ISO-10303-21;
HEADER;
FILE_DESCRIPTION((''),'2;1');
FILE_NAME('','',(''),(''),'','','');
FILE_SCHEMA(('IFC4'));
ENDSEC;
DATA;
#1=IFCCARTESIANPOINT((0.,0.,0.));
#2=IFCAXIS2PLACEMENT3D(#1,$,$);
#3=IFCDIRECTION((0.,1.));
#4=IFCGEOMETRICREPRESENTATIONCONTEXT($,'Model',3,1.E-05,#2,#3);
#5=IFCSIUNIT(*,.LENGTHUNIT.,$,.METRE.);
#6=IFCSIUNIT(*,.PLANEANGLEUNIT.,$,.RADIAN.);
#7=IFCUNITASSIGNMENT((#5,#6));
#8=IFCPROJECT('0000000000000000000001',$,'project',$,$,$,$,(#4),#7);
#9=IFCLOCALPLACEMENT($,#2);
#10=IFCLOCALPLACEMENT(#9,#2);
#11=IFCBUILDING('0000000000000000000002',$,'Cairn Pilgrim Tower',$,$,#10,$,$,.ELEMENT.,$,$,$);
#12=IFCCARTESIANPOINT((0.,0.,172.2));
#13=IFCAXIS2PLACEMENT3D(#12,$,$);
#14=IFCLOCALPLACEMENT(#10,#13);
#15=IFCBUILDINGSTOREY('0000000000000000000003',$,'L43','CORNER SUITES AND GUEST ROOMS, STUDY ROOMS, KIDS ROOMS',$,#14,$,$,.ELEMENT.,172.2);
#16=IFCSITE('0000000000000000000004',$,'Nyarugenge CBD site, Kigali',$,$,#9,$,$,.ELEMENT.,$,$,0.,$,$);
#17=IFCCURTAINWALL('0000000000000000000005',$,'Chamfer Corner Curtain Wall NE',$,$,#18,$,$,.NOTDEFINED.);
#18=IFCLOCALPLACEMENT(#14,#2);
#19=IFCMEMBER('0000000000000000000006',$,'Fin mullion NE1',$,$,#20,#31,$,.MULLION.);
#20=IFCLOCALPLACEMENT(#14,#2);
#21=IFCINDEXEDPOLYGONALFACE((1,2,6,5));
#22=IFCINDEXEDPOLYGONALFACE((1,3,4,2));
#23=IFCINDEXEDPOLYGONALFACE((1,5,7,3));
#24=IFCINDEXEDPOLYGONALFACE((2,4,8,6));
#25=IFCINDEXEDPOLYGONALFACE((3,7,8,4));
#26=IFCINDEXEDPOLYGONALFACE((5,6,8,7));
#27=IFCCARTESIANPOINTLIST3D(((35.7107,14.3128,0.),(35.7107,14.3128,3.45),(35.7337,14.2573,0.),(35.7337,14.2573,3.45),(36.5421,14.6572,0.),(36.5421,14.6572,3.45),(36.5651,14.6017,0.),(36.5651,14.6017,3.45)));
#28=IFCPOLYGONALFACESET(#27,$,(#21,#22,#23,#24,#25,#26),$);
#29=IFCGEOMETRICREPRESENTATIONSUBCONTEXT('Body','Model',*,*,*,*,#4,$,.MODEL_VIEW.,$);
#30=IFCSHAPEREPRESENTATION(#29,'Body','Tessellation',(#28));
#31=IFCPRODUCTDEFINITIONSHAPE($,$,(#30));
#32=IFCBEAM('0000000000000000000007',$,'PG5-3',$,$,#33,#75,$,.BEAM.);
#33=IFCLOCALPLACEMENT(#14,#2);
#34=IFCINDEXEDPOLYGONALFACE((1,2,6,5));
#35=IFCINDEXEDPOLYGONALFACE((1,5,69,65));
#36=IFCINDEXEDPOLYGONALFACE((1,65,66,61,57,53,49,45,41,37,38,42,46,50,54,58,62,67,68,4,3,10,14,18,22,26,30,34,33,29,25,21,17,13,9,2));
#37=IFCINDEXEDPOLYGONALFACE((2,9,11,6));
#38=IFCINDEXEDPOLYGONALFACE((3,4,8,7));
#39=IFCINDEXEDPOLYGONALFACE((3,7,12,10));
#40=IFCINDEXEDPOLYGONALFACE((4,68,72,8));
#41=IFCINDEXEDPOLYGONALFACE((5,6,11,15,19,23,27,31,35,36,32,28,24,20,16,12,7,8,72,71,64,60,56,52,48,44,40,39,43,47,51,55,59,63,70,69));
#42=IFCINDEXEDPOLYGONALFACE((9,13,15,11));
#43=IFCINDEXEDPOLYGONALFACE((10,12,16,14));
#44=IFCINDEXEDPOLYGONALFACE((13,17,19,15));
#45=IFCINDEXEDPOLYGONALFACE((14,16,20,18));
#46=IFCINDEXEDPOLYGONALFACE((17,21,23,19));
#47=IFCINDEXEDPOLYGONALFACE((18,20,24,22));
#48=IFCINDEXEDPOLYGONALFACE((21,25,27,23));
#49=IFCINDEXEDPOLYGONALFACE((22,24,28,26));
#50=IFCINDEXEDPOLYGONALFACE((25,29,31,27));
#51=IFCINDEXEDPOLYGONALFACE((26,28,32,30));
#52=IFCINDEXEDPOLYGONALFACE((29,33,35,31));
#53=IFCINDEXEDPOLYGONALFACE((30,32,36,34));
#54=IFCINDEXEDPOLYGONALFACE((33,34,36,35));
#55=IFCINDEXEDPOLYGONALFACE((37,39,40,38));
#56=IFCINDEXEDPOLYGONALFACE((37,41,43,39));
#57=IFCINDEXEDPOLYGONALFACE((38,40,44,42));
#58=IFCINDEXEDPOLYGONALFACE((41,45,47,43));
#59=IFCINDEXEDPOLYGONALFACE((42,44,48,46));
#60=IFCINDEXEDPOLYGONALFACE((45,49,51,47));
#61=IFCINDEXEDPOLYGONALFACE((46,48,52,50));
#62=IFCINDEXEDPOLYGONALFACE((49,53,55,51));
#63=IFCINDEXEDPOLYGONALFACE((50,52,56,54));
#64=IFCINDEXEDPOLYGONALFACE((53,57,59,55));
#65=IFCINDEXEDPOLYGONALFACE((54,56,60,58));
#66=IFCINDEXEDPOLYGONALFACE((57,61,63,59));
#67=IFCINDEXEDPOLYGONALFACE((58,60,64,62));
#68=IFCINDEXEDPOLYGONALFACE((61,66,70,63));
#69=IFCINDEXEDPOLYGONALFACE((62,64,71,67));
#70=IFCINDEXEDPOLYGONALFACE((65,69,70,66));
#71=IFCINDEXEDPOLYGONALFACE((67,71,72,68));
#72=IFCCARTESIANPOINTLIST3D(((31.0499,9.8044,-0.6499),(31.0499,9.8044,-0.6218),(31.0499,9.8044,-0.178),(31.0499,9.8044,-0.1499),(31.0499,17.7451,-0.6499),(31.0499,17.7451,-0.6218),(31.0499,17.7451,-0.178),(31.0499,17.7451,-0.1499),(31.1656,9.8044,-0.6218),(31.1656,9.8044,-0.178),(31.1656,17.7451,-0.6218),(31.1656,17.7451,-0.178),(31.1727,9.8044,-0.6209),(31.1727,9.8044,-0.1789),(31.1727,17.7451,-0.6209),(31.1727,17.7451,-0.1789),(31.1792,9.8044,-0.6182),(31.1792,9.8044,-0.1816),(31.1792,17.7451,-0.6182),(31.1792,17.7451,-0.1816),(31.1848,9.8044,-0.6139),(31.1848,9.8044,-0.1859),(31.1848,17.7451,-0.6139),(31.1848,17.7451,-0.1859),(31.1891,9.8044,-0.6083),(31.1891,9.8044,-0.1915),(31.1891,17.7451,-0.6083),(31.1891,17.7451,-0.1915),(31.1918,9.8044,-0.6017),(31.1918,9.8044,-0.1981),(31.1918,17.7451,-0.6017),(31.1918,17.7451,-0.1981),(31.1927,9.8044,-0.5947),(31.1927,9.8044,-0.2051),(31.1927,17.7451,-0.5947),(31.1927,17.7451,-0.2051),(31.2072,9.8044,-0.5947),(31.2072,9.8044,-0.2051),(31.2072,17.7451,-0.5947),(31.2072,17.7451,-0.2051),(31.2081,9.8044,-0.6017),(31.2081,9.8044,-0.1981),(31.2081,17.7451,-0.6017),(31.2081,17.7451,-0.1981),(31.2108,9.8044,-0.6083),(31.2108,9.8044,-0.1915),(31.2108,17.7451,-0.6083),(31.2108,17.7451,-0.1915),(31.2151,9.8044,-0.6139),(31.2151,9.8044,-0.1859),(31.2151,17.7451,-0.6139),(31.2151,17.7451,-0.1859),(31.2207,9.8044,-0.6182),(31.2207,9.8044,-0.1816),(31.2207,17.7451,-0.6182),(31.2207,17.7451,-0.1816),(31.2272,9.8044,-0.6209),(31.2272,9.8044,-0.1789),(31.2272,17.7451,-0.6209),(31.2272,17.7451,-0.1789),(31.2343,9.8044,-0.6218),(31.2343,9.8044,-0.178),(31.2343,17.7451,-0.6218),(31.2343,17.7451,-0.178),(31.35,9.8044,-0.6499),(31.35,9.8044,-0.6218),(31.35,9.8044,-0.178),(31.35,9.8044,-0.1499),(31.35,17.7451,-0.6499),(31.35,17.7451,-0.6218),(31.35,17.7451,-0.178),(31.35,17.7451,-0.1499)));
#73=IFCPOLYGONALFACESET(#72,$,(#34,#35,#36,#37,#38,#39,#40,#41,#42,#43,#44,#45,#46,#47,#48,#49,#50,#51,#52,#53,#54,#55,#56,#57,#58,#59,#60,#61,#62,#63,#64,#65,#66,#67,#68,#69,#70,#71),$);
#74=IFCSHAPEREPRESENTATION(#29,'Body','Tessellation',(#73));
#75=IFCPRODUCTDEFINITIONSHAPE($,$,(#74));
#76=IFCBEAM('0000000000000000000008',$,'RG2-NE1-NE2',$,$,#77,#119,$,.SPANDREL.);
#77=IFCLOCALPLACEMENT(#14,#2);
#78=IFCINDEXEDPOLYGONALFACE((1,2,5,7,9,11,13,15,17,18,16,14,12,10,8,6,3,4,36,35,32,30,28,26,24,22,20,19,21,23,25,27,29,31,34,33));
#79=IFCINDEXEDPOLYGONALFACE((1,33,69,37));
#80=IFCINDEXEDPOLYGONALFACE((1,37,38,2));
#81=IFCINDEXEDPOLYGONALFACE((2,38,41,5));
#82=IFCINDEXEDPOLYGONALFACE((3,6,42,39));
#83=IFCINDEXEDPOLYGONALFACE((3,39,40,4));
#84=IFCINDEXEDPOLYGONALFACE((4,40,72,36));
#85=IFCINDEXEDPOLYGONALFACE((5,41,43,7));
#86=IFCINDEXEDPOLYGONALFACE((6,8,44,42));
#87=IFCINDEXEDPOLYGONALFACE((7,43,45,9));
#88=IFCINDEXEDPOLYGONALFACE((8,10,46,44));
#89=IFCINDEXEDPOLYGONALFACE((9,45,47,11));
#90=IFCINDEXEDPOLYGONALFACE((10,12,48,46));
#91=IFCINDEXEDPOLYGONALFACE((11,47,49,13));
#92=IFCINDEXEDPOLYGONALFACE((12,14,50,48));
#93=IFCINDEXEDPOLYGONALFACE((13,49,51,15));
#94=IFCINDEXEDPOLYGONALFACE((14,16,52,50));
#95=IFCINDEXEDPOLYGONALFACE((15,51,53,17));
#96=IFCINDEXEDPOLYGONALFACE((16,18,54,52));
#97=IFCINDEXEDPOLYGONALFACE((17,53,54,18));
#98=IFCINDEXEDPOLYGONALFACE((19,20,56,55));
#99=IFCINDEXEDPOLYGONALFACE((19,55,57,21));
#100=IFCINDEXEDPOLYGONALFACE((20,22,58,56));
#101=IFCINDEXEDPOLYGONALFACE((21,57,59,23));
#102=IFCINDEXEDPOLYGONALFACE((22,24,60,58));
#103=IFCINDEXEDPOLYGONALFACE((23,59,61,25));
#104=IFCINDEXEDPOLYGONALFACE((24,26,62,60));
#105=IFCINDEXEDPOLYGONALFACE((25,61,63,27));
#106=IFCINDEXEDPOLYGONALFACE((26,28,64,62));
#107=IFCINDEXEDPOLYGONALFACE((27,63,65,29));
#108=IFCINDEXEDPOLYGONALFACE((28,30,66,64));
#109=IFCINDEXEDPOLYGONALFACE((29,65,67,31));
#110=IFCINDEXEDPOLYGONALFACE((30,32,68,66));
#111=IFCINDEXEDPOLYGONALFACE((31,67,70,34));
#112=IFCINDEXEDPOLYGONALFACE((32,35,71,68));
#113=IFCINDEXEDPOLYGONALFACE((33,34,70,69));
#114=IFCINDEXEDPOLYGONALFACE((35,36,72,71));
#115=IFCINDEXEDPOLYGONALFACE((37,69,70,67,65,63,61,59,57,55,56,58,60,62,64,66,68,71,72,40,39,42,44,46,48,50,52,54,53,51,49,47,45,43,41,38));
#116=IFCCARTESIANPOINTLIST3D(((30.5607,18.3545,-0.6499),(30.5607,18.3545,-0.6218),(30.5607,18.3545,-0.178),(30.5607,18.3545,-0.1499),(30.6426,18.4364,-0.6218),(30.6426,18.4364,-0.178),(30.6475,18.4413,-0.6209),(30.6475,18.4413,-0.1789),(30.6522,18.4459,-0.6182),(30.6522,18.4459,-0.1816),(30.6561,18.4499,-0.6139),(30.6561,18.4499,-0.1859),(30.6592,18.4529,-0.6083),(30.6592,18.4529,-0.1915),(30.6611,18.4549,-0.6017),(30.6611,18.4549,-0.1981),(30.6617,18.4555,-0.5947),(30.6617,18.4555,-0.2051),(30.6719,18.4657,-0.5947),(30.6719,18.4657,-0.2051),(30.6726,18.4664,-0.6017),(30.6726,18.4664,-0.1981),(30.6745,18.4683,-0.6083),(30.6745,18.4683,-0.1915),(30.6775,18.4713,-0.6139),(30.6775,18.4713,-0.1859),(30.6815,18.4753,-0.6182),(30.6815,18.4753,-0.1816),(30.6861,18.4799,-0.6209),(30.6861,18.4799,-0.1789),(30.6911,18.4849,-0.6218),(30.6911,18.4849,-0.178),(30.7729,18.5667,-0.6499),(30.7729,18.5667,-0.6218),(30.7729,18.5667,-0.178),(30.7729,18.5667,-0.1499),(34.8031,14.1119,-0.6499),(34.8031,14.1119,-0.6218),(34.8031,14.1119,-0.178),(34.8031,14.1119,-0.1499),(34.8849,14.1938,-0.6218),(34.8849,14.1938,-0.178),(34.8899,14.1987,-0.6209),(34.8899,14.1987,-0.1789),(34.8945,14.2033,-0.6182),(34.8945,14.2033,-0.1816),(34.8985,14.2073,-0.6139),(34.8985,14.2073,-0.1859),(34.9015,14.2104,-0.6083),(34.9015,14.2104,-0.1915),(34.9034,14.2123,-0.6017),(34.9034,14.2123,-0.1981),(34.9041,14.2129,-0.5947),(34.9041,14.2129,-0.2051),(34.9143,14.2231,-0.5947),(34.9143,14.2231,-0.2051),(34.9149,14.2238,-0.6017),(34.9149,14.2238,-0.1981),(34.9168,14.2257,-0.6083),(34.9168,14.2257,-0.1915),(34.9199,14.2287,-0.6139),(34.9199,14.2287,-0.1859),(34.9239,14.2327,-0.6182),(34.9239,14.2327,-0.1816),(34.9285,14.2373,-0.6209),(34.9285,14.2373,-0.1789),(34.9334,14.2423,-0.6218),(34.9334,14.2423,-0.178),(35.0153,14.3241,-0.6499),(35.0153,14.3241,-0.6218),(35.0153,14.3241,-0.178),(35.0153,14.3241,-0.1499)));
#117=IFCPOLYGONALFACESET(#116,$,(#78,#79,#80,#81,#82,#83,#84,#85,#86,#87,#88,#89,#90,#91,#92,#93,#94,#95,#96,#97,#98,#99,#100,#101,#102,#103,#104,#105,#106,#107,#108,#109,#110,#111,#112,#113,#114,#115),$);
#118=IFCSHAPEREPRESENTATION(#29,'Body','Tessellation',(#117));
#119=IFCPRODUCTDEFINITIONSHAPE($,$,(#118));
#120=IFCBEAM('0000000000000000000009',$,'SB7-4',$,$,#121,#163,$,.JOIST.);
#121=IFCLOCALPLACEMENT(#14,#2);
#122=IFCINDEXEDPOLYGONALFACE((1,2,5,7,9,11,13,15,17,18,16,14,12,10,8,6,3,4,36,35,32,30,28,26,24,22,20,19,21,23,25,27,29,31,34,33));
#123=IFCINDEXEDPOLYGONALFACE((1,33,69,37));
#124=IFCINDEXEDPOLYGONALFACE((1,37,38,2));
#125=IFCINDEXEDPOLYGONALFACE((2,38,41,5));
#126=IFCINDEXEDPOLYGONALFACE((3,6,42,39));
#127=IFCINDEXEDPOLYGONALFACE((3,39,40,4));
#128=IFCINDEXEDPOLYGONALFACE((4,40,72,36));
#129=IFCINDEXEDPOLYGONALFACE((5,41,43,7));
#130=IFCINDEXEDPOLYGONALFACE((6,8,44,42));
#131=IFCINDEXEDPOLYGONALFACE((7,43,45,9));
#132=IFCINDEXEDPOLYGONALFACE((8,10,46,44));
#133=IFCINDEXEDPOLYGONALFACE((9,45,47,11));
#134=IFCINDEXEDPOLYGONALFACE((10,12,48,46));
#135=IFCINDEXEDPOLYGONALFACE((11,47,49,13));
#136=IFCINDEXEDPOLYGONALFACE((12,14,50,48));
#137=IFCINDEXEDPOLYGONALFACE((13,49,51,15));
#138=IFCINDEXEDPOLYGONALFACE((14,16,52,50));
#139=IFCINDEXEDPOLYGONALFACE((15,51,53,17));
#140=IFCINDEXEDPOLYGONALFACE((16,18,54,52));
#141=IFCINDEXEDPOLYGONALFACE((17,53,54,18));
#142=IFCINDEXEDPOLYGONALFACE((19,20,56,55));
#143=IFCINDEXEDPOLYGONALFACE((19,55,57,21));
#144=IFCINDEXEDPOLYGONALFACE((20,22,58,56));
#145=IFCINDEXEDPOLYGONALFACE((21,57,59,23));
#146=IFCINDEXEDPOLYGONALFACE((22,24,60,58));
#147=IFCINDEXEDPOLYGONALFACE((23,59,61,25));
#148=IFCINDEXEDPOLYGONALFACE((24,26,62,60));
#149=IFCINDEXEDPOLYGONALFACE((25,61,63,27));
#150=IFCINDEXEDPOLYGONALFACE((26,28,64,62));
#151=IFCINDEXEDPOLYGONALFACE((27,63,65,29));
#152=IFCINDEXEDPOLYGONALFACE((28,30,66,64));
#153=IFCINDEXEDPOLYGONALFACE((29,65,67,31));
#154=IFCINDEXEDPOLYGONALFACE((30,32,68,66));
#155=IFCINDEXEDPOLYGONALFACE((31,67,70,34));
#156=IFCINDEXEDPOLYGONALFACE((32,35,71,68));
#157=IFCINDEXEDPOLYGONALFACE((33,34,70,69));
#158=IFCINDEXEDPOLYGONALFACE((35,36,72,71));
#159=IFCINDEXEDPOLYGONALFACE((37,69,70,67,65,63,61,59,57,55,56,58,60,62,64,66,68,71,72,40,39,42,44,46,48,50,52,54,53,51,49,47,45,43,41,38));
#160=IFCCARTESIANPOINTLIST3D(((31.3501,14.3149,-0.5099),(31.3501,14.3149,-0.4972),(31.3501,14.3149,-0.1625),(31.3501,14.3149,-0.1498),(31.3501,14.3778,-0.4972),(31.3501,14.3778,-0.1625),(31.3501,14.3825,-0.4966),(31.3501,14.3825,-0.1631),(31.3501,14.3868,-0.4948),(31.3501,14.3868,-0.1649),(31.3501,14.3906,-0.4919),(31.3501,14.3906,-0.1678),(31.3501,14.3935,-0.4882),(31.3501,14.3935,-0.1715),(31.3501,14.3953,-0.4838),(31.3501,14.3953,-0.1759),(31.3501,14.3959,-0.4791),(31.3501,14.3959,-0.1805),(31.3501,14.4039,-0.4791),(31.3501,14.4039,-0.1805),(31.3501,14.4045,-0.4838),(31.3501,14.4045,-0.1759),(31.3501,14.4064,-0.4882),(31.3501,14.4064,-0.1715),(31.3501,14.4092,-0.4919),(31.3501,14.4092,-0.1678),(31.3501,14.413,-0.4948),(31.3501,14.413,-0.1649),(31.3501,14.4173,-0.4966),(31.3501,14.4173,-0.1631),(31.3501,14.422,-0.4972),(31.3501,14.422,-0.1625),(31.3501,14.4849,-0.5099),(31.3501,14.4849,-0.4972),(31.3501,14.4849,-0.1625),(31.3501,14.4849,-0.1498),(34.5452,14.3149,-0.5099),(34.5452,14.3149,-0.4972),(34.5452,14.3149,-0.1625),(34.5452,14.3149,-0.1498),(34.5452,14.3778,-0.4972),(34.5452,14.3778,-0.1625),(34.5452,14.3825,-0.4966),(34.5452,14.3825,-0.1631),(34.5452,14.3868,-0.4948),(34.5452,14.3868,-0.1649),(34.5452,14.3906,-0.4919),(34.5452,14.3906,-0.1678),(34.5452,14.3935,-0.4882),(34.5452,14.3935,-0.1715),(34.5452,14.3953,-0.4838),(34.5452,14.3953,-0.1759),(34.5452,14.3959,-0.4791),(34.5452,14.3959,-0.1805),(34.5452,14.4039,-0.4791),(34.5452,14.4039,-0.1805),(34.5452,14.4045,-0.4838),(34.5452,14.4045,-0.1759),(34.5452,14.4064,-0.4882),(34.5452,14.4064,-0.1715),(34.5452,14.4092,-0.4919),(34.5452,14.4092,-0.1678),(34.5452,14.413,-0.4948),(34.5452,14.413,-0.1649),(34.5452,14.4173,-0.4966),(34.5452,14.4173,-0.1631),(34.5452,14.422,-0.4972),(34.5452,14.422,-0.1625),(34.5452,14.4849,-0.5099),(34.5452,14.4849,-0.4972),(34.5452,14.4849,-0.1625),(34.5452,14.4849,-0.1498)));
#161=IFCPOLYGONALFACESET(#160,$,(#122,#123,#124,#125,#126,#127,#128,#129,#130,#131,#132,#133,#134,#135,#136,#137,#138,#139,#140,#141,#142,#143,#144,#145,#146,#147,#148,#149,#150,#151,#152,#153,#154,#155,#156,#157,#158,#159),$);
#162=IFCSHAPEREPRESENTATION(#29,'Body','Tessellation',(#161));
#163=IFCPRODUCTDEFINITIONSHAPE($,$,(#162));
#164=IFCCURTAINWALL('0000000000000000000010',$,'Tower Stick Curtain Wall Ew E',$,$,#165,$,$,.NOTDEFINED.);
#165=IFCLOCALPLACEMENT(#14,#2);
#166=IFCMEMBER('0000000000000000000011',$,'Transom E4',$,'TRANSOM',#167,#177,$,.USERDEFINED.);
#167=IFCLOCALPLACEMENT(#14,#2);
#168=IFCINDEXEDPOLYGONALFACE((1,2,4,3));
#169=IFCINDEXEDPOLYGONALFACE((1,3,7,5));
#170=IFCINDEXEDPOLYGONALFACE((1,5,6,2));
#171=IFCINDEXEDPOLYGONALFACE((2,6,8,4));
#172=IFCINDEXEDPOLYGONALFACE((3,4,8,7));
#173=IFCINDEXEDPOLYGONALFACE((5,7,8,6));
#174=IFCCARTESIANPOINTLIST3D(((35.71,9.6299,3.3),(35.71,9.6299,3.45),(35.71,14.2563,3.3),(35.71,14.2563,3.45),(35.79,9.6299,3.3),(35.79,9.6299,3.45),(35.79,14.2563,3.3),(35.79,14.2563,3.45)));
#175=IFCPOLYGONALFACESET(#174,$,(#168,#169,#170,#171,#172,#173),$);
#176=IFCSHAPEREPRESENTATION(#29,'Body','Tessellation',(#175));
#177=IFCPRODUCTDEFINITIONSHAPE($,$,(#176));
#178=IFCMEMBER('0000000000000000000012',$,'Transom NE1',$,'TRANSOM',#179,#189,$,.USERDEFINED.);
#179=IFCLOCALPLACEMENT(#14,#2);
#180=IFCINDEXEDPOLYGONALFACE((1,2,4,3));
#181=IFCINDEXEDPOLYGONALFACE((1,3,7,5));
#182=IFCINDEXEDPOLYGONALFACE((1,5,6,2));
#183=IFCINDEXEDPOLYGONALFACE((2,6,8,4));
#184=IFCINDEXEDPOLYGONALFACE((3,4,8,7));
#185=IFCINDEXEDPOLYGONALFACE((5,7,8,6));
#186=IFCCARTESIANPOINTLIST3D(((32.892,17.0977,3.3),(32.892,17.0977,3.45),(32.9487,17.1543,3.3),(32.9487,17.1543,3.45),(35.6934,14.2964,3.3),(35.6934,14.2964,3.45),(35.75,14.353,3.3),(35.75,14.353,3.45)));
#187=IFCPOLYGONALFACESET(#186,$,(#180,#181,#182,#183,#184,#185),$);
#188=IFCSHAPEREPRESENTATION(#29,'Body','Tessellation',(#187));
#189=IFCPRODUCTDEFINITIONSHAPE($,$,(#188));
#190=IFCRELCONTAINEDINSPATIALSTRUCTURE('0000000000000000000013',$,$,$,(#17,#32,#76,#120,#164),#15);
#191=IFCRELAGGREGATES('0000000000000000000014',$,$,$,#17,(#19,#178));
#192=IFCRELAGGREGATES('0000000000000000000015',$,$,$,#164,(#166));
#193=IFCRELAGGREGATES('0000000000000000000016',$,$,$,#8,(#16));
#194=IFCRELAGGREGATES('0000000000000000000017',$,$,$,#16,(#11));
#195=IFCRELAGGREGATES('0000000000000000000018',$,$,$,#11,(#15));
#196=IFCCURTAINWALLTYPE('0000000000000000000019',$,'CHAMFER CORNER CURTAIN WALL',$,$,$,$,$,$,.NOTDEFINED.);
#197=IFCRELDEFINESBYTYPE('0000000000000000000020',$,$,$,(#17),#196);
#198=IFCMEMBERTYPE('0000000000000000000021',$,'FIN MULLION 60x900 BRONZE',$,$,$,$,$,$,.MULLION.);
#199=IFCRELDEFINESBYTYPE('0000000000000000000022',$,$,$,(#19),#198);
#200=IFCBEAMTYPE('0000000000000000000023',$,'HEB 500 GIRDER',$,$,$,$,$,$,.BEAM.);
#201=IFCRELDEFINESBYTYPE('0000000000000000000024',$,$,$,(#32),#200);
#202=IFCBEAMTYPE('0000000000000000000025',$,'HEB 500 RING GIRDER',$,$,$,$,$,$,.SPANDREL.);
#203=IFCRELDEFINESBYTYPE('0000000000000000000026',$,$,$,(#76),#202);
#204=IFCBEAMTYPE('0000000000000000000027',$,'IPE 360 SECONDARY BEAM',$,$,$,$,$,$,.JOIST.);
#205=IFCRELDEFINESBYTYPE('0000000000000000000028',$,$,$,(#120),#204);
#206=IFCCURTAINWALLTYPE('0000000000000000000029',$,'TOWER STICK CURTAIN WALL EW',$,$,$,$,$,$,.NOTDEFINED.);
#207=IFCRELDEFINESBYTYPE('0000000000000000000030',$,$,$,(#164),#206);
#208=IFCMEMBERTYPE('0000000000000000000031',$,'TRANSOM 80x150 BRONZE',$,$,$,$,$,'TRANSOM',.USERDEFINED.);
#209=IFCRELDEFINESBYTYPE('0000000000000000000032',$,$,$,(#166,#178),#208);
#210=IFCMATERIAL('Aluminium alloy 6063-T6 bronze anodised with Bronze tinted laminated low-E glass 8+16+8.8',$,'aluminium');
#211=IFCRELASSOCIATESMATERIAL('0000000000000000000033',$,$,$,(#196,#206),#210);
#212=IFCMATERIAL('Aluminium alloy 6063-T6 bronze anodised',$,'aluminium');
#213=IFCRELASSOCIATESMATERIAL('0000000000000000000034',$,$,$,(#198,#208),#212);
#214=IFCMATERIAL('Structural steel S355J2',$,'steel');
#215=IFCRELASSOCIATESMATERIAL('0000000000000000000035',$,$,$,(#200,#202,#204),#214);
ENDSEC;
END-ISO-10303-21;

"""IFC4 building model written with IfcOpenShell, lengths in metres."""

from ifc_helpers import new_model, si_unit, direction, frame, origin, origin_2d, place, context, subcontext, project, spatial, rectangle, i_section, extrude, material, material_profile, profile_set, type_object, element, aggregate, save


model = new_model("IFC4")

# Units and contexts
model_context = context("Model", 3, precision=1e-05, world=origin(), true_north=direction((0.0, 1.0)))
body_context = subcontext(model_context, "Body", "Model", "MODEL_VIEW")
ifc_project = project(units=[si_unit("LENGTHUNIT", "METRE"), si_unit("PLANEANGLEUNIT", "RADIAN")], contexts=[model_context])

# Site, building, storey
site_placement = place(None, origin())
site = spatial("IfcSite", under=ifc_project, at=site_placement, Name="Nyarugenge CBD site, Kigali", CompositionType="ELEMENT", RefElevation=0.0)
building_placement = place(site_placement, origin())
building = spatial("IfcBuilding", under=site, at=building_placement, Name="Cairn Pilgrim Tower", CompositionType="ELEMENT")
storey_placement = place(building_placement, frame((0.0, 0.0, 172.2)))
storey = spatial("IfcBuildingStorey", under=building, at=storey_placement, Name="L43", Description="CORNER SUITES AND GUEST ROOMS, STUDY ROOMS, KIDS ROOMS", CompositionType="ELEMENT", Elevation=172.2)

# Curtain wall, member
ifc_material_1 = material(Name="Aluminium alloy 6063-T6 bronze anodised with Bronze tinted laminated low-E glass 8+16+8.8", Category="aluminium")
curtain_wall_type_1 = type_object("IfcCurtainWallType", Name="CHAMFER CORNER CURTAIN WALL", PredefinedType="NOTDEFINED", material=ifc_material_1)
curtain_wall_1_placement = place(storey_placement, origin())
curtain_wall_1 = element("IfcCurtainWall", 1, at=curtain_wall_1_placement, inside=storey, type_object=curtain_wall_type_1, Name="Chamfer Corner Curtain Wall NE", PredefinedType="NOTDEFINED")
ifc_material_2 = material(Name="Aluminium alloy 6063-T6 bronze anodised", Category="aluminium")
ifc_material_profile_1 = material_profile(ifc_material_2, rectangle(XDim=0.8999, YDim=0.0601, at=origin_2d()), Name="FIN MULLION 60x900 BRONZE")
ifc_profile_set_1 = profile_set([ifc_material_profile_1], Name="Aluminium alloy 6063-T6 bronze anodised")
member_type_1 = type_object("IfcMemberType", Name="FIN MULLION 60x900 BRONZE", PredefinedType="MULLION", material=ifc_profile_set_1)
member_1_placement = place(storey_placement, frame((36.1379, 14.4573, 0.0), z_axis=(0.0, 0.0, 1.0), x_axis=(0.92388, 0.382683, 0.0)))
member_1 = element("IfcMember", 2, at=member_1_placement, type_object=member_type_1, Name="Fin mullion NE1", PredefinedType="MULLION", context=body_context, shape_type="SweptSolid", body=[
    extrude(rectangle(XDim=0.8999, YDim=0.0601, at=origin_2d()), origin(), (0.0, 0.0, 1.0), 3.45),
])

# Beams
ifc_material_3 = material(Name="Structural steel S355J2", Category="steel")
ifc_material_profile_2 = material_profile(ifc_material_3, i_section(OverallWidth=0.3, OverallDepth=0.5, WebThickness=0.0144, FlangeThickness=0.0281, FilletRadius=0.0271, at=origin_2d()), Name="HEB 500")
ifc_profile_set_2 = profile_set([ifc_material_profile_2], Name="Structural steel S355J2")
beam_type_1 = type_object("IfcBeamType", Name="HEB 500 GIRDER", PredefinedType="BEAM", material=ifc_profile_set_2)
beam_1_placement = place(storey_placement, frame((31.2, 9.8044, -0.3999), z_axis=(0.0, 1.0, 0.0), x_axis=(-1.0, 0.0, 0.0)))
element("IfcBeam", 3, at=beam_1_placement, inside=storey, type_object=beam_type_1, Name="PG5-3", PredefinedType="BEAM", context=body_context, shape_type="SweptSolid", body=[
    extrude(i_section(OverallWidth=0.3, OverallDepth=0.5, WebThickness=0.0144, FlangeThickness=0.0281, FilletRadius=0.0271, at=origin_2d()), origin(), (0.0, 0.0, 1.0), 7.9407),
])
ifc_material_profile_3 = material_profile(ifc_material_3, i_section(OverallWidth=0.3, OverallDepth=0.5, WebThickness=0.0144, FlangeThickness=0.0281, FilletRadius=0.0271, at=origin_2d()), Name="HEB 500")
ifc_profile_set_3 = profile_set([ifc_material_profile_3], Name="Structural steel S355J2")
beam_type_2 = type_object("IfcBeamType", Name="HEB 500 RING GIRDER", PredefinedType="SPANDREL", material=ifc_profile_set_3)
beam_2_placement = place(storey_placement, frame((34.9092, 14.218, -0.3999), z_axis=(-0.707086, 0.707127, 0.0), x_axis=(-0.707127, -0.707086, 0.0)))
element("IfcBeam", 4, at=beam_2_placement, inside=storey, type_object=beam_type_2, Name="RG2-NE1-NE2", PredefinedType="SPANDREL", context=body_context, shape_type="SweptSolid", body=[
    extrude(i_section(OverallWidth=0.3, OverallDepth=0.5, WebThickness=0.0144, FlangeThickness=0.0281, FilletRadius=0.0271, at=origin_2d()), origin(), (0.0, 0.0, 1.0), 5.9998),
])
ifc_material_profile_4 = material_profile(ifc_material_3, i_section(OverallWidth=0.1699, OverallDepth=0.3601, WebThickness=0.0081, FlangeThickness=0.0127, FilletRadius=0.0181, at=origin_2d()), Name="IPE 360")
ifc_profile_set_4 = profile_set([ifc_material_profile_4], Name="Structural steel S355J2")
beam_type_3 = type_object("IfcBeamType", Name="IPE 360 SECONDARY BEAM", PredefinedType="JOIST", material=ifc_profile_set_4)
beam_3_placement = place(storey_placement, frame((31.3501, 14.3999, -0.3298), z_axis=(1.0, 0.0, 0.0), x_axis=(0.0, 1.0, 0.0)))
element("IfcBeam", 5, at=beam_3_placement, inside=storey, type_object=beam_type_3, Name="SB7-4", PredefinedType="JOIST", context=body_context, shape_type="SweptSolid", body=[
    extrude(i_section(OverallWidth=0.1699, OverallDepth=0.3601, WebThickness=0.0081, FlangeThickness=0.0127, FilletRadius=0.0181, at=origin_2d()), origin(), (0.0, 0.0, 1.0), 3.1951),
])

# Curtain wall, member
curtain_wall_type_2 = type_object("IfcCurtainWallType", Name="TOWER STICK CURTAIN WALL EW", PredefinedType="NOTDEFINED", material=ifc_material_1)
curtain_wall_2_placement = place(storey_placement, origin())
curtain_wall_2 = element("IfcCurtainWall", 6, at=curtain_wall_2_placement, inside=storey, type_object=curtain_wall_type_2, Name="Tower Stick Curtain Wall Ew E", PredefinedType="NOTDEFINED")
ifc_material_profile_5 = material_profile(ifc_material_2, rectangle(XDim=0.0801, YDim=0.1499, at=origin_2d()), Name="TRANSOM 80x150 BRONZE")
ifc_profile_set_5 = profile_set([ifc_material_profile_5], Name="Aluminium alloy 6063-T6 bronze anodised")
member_type_2 = type_object("IfcMemberType", Name="TRANSOM 80x150 BRONZE", ElementType="TRANSOM", PredefinedType="USERDEFINED", material=ifc_profile_set_5)
member_2_placement = place(storey_placement, frame((35.75, 9.6299, 3.375), z_axis=(0.0, 1.0, 0.0), x_axis=(-1.0, 0.0, 0.0)))
member_2 = element("IfcMember", 7, at=member_2_placement, type_object=member_type_2, Name="Transom E4", ObjectType="TRANSOM", PredefinedType="USERDEFINED", context=body_context, shape_type="SweptSolid", body=[
    extrude(rectangle(XDim=0.0801, YDim=0.1499, at=origin_2d()), origin(), (0.0, 0.0, 1.0), 4.6265),
])

# Member
member_3_placement = place(storey_placement, frame((35.7217, 14.3247, 3.375), z_axis=(-0.707107, 0.707107, 0.0), x_axis=(-0.707107, -0.707107, 0.0)))
member_3 = element("IfcMember", 8, at=member_3_placement, type_object=member_type_2, Name="Transom NE1", ObjectType="TRANSOM", PredefinedType="USERDEFINED", context=body_context, shape_type="SweptSolid", body=[
    extrude(rectangle(XDim=0.0801, YDim=0.1499, at=origin_2d()), origin(), (0.0, 0.0, 1.0), 3.9617),
])

aggregate(curtain_wall_1, [member_1, member_3])
aggregate(curtain_wall_2, [member_2])

save(model, "model.ifc")
